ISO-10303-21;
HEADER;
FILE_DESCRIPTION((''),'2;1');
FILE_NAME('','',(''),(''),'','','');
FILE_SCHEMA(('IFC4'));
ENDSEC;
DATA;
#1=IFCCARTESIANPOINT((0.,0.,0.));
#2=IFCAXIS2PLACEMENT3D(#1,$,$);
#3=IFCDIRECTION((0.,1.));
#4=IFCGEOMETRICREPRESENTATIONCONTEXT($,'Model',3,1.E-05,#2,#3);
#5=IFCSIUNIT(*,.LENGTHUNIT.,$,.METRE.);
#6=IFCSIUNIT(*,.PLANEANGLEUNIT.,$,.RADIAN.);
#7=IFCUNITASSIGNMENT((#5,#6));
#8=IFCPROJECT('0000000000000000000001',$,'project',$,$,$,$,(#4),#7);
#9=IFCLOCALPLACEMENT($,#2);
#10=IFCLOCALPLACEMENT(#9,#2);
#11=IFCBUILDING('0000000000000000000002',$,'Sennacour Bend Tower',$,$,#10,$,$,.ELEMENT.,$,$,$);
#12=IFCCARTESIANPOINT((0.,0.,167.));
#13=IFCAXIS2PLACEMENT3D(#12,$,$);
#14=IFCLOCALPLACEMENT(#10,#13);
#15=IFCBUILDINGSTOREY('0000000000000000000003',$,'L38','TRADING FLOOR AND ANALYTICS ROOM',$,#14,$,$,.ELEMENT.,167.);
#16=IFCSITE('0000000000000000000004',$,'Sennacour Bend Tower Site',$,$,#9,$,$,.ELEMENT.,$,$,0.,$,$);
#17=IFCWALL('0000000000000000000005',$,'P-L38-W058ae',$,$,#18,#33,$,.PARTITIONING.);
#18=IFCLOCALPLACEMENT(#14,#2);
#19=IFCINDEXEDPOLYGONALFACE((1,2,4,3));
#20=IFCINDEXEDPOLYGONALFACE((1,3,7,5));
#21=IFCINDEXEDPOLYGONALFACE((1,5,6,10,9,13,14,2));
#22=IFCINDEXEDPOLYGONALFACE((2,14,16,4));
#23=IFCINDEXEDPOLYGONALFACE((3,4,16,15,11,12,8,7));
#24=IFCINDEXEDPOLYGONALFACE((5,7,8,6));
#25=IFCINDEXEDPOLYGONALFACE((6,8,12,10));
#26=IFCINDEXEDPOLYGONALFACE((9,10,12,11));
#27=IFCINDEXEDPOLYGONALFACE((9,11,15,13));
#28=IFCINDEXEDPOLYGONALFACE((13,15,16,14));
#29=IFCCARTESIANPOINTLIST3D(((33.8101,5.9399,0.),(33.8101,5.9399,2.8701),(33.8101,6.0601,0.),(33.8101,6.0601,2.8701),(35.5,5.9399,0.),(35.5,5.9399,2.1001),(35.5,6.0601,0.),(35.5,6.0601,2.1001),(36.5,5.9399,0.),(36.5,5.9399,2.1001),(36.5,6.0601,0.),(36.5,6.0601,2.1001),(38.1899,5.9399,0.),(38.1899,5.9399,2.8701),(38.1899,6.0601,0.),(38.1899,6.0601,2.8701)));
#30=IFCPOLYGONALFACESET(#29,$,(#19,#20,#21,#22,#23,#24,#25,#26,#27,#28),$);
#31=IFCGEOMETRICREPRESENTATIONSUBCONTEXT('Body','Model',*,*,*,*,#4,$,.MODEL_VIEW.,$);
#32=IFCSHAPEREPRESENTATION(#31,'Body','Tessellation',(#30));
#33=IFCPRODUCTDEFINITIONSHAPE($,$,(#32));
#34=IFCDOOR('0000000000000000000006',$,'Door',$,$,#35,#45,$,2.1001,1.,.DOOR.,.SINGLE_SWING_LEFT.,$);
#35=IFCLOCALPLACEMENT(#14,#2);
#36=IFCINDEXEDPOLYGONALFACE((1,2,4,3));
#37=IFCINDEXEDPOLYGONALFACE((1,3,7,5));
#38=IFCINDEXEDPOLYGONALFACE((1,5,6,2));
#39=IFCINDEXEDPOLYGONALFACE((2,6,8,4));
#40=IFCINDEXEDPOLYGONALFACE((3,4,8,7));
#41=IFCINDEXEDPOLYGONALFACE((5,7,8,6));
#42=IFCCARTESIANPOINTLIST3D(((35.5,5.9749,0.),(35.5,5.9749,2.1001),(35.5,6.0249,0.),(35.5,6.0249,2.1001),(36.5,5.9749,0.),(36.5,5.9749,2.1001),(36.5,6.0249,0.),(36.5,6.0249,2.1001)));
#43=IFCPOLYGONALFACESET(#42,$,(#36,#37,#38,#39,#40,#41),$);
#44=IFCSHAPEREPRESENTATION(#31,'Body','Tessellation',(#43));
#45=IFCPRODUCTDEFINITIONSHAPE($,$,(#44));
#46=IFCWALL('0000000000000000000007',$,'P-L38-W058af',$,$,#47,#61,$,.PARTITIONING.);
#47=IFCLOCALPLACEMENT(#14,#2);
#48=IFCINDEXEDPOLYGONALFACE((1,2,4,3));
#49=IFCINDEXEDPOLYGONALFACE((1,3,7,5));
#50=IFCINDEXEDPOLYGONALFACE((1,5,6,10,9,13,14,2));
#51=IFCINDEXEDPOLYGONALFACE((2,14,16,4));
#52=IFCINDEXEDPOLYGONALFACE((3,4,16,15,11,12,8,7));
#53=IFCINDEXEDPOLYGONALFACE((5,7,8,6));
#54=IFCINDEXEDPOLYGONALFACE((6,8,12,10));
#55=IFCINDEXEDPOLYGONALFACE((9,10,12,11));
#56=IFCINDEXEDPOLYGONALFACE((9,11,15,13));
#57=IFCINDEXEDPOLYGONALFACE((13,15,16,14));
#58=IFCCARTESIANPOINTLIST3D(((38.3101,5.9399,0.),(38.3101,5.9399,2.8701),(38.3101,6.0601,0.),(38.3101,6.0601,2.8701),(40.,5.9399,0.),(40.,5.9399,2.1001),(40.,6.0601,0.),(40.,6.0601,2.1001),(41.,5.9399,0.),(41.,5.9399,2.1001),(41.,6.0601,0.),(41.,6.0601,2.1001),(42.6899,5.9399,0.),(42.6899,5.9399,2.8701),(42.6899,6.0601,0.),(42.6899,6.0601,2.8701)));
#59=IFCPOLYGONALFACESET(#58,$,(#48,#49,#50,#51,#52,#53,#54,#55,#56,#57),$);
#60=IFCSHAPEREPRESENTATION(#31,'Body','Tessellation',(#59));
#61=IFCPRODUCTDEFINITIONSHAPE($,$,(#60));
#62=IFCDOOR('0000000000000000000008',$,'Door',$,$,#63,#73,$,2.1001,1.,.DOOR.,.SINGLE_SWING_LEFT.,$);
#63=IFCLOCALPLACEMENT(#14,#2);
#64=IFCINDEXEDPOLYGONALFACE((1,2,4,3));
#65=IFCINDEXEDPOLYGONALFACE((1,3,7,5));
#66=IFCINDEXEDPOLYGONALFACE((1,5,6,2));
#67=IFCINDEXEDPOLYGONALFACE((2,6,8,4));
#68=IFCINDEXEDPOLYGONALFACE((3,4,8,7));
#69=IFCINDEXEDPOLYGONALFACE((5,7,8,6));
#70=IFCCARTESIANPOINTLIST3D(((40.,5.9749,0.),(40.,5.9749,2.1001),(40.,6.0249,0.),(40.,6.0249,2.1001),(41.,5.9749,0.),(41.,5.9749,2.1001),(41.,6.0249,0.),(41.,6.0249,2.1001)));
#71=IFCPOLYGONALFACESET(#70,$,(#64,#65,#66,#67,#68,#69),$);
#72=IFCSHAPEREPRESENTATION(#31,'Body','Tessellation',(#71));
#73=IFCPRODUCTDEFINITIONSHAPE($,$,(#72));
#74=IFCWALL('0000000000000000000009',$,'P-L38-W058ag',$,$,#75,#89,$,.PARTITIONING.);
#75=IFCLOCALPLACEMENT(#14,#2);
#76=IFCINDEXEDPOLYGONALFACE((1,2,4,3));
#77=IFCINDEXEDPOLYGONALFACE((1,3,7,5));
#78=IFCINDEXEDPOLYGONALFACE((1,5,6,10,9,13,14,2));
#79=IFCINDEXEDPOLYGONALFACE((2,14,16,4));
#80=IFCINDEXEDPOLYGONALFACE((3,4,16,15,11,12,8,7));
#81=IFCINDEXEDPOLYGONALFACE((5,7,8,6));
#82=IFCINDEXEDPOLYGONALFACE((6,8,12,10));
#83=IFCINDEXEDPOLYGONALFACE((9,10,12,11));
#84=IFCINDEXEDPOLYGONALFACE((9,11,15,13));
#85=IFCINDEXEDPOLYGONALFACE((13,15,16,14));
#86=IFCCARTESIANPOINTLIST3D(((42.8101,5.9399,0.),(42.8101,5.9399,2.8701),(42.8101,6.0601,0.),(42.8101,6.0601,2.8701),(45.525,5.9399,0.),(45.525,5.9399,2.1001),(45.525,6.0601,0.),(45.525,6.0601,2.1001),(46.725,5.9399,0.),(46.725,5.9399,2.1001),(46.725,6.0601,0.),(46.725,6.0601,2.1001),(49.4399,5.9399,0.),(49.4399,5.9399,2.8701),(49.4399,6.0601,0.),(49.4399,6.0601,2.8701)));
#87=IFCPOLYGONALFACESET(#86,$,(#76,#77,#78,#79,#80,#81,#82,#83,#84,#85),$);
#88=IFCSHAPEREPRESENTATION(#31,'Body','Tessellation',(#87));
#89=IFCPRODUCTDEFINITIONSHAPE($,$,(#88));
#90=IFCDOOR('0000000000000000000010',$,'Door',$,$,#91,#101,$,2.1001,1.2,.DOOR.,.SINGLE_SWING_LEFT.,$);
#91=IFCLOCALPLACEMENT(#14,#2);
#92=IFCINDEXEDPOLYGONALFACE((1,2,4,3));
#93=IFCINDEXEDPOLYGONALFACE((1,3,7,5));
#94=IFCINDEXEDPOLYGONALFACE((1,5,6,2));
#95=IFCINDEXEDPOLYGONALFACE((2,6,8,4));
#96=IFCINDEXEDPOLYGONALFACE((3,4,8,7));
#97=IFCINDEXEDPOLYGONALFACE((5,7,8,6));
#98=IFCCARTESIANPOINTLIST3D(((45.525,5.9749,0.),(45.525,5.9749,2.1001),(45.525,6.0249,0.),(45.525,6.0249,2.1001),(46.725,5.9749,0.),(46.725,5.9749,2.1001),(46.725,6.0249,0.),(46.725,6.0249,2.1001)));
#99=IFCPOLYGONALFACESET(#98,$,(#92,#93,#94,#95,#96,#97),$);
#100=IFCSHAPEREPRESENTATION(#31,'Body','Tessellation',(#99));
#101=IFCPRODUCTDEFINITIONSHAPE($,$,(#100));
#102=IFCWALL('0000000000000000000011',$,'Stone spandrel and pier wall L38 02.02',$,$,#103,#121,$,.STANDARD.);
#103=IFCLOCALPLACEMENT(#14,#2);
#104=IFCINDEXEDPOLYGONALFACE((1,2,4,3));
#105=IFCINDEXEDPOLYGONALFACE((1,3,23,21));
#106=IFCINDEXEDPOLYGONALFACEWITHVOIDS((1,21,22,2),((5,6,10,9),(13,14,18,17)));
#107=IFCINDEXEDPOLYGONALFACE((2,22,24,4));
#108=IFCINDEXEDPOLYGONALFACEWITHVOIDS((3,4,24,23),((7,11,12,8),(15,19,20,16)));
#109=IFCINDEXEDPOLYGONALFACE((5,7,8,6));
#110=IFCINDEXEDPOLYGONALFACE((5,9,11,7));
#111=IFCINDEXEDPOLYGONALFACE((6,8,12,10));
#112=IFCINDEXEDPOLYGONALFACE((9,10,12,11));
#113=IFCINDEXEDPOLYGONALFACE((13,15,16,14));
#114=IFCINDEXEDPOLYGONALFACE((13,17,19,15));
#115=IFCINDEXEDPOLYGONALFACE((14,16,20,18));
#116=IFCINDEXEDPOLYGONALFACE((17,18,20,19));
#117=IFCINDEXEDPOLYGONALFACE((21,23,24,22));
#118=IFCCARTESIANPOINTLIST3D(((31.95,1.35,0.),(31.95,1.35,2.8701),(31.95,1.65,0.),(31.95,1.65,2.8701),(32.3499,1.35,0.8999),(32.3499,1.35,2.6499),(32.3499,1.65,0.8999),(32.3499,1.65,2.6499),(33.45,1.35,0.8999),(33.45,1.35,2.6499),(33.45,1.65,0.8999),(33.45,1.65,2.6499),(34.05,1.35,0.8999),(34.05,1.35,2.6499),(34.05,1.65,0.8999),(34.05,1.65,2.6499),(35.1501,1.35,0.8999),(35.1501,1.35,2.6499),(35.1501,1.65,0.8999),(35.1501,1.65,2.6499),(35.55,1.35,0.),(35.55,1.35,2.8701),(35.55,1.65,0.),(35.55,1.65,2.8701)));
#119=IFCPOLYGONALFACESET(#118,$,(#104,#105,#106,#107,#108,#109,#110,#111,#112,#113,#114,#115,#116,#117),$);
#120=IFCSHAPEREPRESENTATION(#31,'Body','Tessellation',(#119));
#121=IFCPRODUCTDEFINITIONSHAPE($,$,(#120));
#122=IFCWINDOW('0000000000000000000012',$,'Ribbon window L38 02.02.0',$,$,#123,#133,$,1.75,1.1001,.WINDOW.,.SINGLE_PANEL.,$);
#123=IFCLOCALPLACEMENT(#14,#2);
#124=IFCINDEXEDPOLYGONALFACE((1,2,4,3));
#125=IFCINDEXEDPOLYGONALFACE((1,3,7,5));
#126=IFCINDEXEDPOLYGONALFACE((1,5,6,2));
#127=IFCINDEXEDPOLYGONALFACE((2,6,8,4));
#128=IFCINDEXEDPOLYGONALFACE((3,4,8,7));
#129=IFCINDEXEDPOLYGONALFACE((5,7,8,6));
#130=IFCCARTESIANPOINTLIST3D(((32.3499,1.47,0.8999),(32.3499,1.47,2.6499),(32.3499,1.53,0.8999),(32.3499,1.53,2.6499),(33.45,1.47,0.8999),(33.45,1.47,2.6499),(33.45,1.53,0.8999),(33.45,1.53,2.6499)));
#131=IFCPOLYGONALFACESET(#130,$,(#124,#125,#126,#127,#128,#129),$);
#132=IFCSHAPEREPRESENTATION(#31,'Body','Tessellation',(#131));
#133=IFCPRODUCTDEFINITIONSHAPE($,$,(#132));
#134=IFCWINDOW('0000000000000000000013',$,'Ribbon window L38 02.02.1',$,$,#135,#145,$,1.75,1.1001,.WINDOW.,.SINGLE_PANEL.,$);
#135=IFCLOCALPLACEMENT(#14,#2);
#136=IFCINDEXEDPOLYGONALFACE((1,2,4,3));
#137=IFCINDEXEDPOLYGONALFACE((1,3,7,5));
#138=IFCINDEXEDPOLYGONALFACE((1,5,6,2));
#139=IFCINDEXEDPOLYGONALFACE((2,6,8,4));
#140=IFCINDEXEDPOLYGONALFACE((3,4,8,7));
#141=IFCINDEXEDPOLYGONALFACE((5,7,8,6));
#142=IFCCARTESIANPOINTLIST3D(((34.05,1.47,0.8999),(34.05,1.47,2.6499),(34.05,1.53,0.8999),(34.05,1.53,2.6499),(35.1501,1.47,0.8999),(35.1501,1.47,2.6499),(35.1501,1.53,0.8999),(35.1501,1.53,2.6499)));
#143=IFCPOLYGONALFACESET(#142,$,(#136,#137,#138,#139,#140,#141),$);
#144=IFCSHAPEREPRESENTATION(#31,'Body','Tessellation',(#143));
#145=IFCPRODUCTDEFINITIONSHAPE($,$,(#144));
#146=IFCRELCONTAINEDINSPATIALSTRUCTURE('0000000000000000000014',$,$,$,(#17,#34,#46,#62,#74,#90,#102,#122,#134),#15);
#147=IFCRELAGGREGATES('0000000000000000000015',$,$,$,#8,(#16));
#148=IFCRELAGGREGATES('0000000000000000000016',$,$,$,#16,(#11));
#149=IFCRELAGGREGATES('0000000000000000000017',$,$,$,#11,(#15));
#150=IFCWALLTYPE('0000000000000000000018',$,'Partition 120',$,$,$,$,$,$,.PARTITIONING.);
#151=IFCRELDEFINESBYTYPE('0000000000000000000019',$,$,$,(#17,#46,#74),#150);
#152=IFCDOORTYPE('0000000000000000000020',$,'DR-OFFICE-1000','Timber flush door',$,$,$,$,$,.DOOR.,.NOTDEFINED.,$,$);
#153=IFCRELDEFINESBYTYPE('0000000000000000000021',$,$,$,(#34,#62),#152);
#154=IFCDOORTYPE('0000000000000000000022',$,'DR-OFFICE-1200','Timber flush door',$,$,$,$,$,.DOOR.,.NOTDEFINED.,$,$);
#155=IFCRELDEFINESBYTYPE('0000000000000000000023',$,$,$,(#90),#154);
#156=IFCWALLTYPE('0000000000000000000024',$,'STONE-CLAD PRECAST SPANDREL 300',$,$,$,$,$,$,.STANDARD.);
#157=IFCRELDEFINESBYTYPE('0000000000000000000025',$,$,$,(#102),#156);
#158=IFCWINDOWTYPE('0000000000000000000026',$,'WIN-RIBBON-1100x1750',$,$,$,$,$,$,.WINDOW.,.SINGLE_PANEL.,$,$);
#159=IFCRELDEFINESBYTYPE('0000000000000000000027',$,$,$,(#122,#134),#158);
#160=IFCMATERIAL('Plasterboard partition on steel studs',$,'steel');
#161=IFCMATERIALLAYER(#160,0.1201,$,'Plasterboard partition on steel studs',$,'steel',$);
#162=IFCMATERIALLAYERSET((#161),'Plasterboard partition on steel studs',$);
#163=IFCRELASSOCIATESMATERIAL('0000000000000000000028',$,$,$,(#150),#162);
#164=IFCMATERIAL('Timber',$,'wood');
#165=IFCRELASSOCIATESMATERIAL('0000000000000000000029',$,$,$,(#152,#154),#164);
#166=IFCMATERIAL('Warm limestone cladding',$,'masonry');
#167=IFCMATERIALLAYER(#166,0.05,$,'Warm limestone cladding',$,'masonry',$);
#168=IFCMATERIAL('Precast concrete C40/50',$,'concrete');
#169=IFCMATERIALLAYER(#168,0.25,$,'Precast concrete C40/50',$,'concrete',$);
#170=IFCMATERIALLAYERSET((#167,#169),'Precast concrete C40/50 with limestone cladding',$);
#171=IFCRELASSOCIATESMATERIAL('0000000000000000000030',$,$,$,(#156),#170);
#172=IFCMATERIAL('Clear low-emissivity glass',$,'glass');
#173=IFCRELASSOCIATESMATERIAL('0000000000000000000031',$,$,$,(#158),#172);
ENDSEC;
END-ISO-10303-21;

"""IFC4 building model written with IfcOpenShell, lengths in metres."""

from ifc_helpers import new_model, si_unit, direction, frame, frame_2d, origin, place, context, subcontext, project, spatial, rectangle, extrude, material, layer, layer_set, type_object, element, fill, save


model = new_model("IFC4")

# Units and contexts
model_context = context("Model", 3, precision=1e-05, world=origin(), true_north=direction((0.0, 1.0)))
body_context = subcontext(model_context, "Body", "Model", "MODEL_VIEW")
ifc_project = project(units=[si_unit("LENGTHUNIT", "METRE"), si_unit("PLANEANGLEUNIT", "RADIAN")], contexts=[model_context])

# Site, building, storey
site_placement = place(None, origin())
site = spatial("IfcSite", under=ifc_project, at=site_placement, Name="Sennacour Bend Tower Site", CompositionType="ELEMENT", RefElevation=0.0)
building_placement = place(site_placement, origin())
building = spatial("IfcBuilding", under=site, at=building_placement, Name="Sennacour Bend Tower", CompositionType="ELEMENT")
storey_placement = place(building_placement, frame((0.0, 0.0, 167.0)))
storey = spatial("IfcBuildingStorey", under=building, at=storey_placement, Name="L38", Description="TRADING FLOOR AND ANALYTICS ROOM", CompositionType="ELEMENT", Elevation=167.0)

# Shared definitions
ifc_material_1 = material(Name="Plasterboard partition on steel studs", Category="steel")
ifc_layer_1 = layer(ifc_material_1, 0.1201, Name="Plasterboard partition on steel studs", Category="steel")
ifc_layer_set_1 = layer_set([ifc_layer_1], Name="Plasterboard partition on steel studs")
wall_type_1 = type_object("IfcWallType", Name="Partition 120", PredefinedType="PARTITIONING", material=ifc_layer_set_1)

# Walls, openings, doors
wall_1_placement = place(storey_placement, frame((33.8101, 6.0, 0.0), z_axis=(0.0, 0.0, 1.0), x_axis=(1.0, 0.0, 0.0)))
wall_1 = element("IfcWall", 1, at=wall_1_placement, inside=storey, type_object=wall_type_1, Name="P-L38-W058ae", PredefinedType="PARTITIONING", context=body_context, shape_type="SweptSolid", body=[
    extrude(rectangle(XDim=4.3799, YDim=0.1201, at=frame_2d((2.1899, 0.0))), origin(), (0.0, 0.0, 1.0), 2.8701),
])
opening_1_placement = place(wall_1_placement, frame((1.6899, 0.0, 0.0)))
opening_1 = element("IfcOpeningElement", 2, at=opening_1_placement, cuts=wall_1, PredefinedType="OPENING", context=body_context, shape_type="SweptSolid", body=[
    extrude(rectangle(XDim=1.0, YDim=2.1001, at=frame_2d((0.5, 1.05))), frame((0.0, 0.0701, 0.0), z_axis=(0.0, -1.0, 0.0), x_axis=(1.0, 0.0, 0.0)), (0.0, 0.0, 1.0), 0.1401),
])
ifc_material_2 = material(Name="Timber", Category="wood")
door_type_1 = type_object("IfcDoorType", Name="DR-OFFICE-1000", Description="Timber flush door", OperationType="NOTDEFINED", PredefinedType="DOOR", material=ifc_material_2)
door_1_placement = place(opening_1_placement, origin())
door_1 = element("IfcDoor", 3, at=door_1_placement, inside=storey, type_object=door_type_1, Name="Door", OperationType="SINGLE_SWING_LEFT", OverallHeight=2.1001, OverallWidth=1.0, PredefinedType="DOOR", context=body_context, shape_type="SweptSolid", body=[
    extrude(rectangle(XDim=1.0, YDim=2.1001, at=frame_2d((0.5, 1.05))), frame((0.0, 0.0249, 0.0), z_axis=(0.0, -1.0, 0.0), x_axis=(1.0, 0.0, 0.0)), (0.0, 0.0, 1.0), 0.05),
])
fill(opening_1, door_1)
wall_2_placement = place(storey_placement, frame((38.3101, 6.0, 0.0), z_axis=(0.0, 0.0, 1.0), x_axis=(1.0, 0.0, 0.0)))
wall_2 = element("IfcWall", 4, at=wall_2_placement, inside=storey, type_object=wall_type_1, Name="P-L38-W058af", PredefinedType="PARTITIONING", context=body_context, shape_type="SweptSolid", body=[
    extrude(rectangle(XDim=4.3799, YDim=0.1201, at=frame_2d((2.1899, 0.0))), origin(), (0.0, 0.0, 1.0), 2.8701),
])
opening_2_placement = place(wall_2_placement, frame((1.6899, 0.0, 0.0)))
opening_2 = element("IfcOpeningElement", 5, at=opening_2_placement, cuts=wall_2, PredefinedType="OPENING", context=body_context, shape_type="SweptSolid", body=[
    extrude(rectangle(XDim=1.0, YDim=2.1001, at=frame_2d((0.5, 1.05))), frame((0.0, 0.0701, 0.0), z_axis=(0.0, -1.0, 0.0), x_axis=(1.0, 0.0, 0.0)), (0.0, 0.0, 1.0), 0.1401),
])
door_2_placement = place(opening_2_placement, origin())
door_2 = element("IfcDoor", 6, at=door_2_placement, inside=storey, type_object=door_type_1, Name="Door", OperationType="SINGLE_SWING_LEFT", OverallHeight=2.1001, OverallWidth=1.0, PredefinedType="DOOR", context=body_context, shape_type="SweptSolid", body=[
    extrude(rectangle(XDim=1.0, YDim=2.1001, at=frame_2d((0.5, 1.05))), frame((0.0, 0.0249, 0.0), z_axis=(0.0, -1.0, 0.0), x_axis=(1.0, 0.0, 0.0)), (0.0, 0.0, 1.0), 0.05),
])
fill(opening_2, door_2)
wall_3_placement = place(storey_placement, frame((42.8101, 6.0, 0.0), z_axis=(0.0, 0.0, 1.0), x_axis=(1.0, 0.0, 0.0)))
wall_3 = element("IfcWall", 7, at=wall_3_placement, inside=storey, type_object=wall_type_1, Name="P-L38-W058ag", PredefinedType="PARTITIONING", context=body_context, shape_type="SweptSolid", body=[
    extrude(rectangle(XDim=6.6299, YDim=0.1201, at=frame_2d((3.3149, 0.0))), origin(), (0.0, 0.0, 1.0), 2.8701),
])
opening_3_placement = place(wall_3_placement, frame((2.7148, 0.0, 0.0)))
opening_3 = element("IfcOpeningElement", 8, at=opening_3_placement, cuts=wall_3, PredefinedType="OPENING", context=body_context, shape_type="SweptSolid", body=[
    extrude(rectangle(XDim=1.2, YDim=2.1001, at=frame_2d((0.6001, 1.05))), frame((0.0, 0.0701, 0.0), z_axis=(0.0, -1.0, 0.0), x_axis=(1.0, 0.0, 0.0)), (0.0, 0.0, 1.0), 0.1401),
])
door_type_2 = type_object("IfcDoorType", Name="DR-OFFICE-1200", Description="Timber flush door", OperationType="NOTDEFINED", PredefinedType="DOOR", material=ifc_material_2)
door_3_placement = place(opening_3_placement, origin())
door_3 = element("IfcDoor", 9, at=door_3_placement, inside=storey, type_object=door_type_2, Name="Door", OperationType="SINGLE_SWING_LEFT", OverallHeight=2.1001, OverallWidth=1.2, PredefinedType="DOOR", context=body_context, shape_type="SweptSolid", body=[
    extrude(rectangle(XDim=1.2, YDim=2.1001, at=frame_2d((0.6001, 1.05))), frame((0.0, 0.0249, 0.0), z_axis=(0.0, -1.0, 0.0), x_axis=(1.0, 0.0, 0.0)), (0.0, 0.0, 1.0), 0.05),
])
fill(opening_3, door_3)

# Wall, openings, windows
ifc_material_3 = material(Name="Warm limestone cladding", Category="masonry")
ifc_layer_2 = layer(ifc_material_3, 0.05, Name="Warm limestone cladding", Category="masonry")
ifc_material_4 = material(Name="Precast concrete C40/50", Category="concrete")
ifc_layer_3 = layer(ifc_material_4, 0.25, Name="Precast concrete C40/50", Category="concrete")
ifc_layer_set_2 = layer_set([ifc_layer_2, ifc_layer_3], Name="Precast concrete C40/50 with limestone cladding")
wall_type_2 = type_object("IfcWallType", Name="STONE-CLAD PRECAST SPANDREL 300", PredefinedType="STANDARD", material=ifc_layer_set_2)
wall_4_placement = place(storey_placement, frame((31.95, 1.5, 0.0), z_axis=(0.0, 0.0, 1.0), x_axis=(1.0, 0.0, 0.0)))
wall_4 = element("IfcWall", 10, at=wall_4_placement, inside=storey, type_object=wall_type_2, Name="Stone spandrel and pier wall L38 02.02", PredefinedType="STANDARD", context=body_context, shape_type="SweptSolid", body=[
    extrude(rectangle(XDim=3.6001, YDim=0.3, at=frame_2d((1.8, 0.0))), origin(), (0.0, 0.0, 1.0), 2.8701),
])
opening_4_placement = place(wall_4_placement, frame((0.3999, 0.0, 0.8999)))
opening_4 = element("IfcOpeningElement", 11, at=opening_4_placement, cuts=wall_4, PredefinedType="OPENING", context=body_context, shape_type="SweptSolid", body=[
    extrude(rectangle(XDim=1.1001, YDim=1.75, at=frame_2d((0.55, 0.875))), frame((0.0, 0.1602, 0.0), z_axis=(0.0, -1.0, 0.0), x_axis=(1.0, 0.0, 0.0)), (0.0, 0.0, 1.0), 0.3201),
])
opening_5_placement = place(wall_4_placement, frame((2.1001, 0.0, 0.8999)))
opening_5 = element("IfcOpeningElement", 12, at=opening_5_placement, cuts=wall_4, PredefinedType="OPENING", context=body_context, shape_type="SweptSolid", body=[
    extrude(rectangle(XDim=1.1001, YDim=1.75, at=frame_2d((0.55, 0.875))), frame((0.0, 0.1602, 0.0), z_axis=(0.0, -1.0, 0.0), x_axis=(1.0, 0.0, 0.0)), (0.0, 0.0, 1.0), 0.3201),
])
ifc_material_5 = material(Name="Clear low-emissivity glass", Category="glass")
window_type = type_object("IfcWindowType", Name="WIN-RIBBON-1100x1750", PartitioningType="SINGLE_PANEL", PredefinedType="WINDOW", material=ifc_material_5)
window_1_placement = place(opening_4_placement, origin())
window_1 = element("IfcWindow", 13, at=window_1_placement, inside=storey, type_object=window_type, Name="Ribbon window L38 02.02.0", OverallHeight=1.75, OverallWidth=1.1001, PartitioningType="SINGLE_PANEL", PredefinedType="WINDOW", context=body_context, shape_type="SweptSolid", body=[
    extrude(rectangle(XDim=1.1001, YDim=1.75, at=frame_2d((0.55, 0.875))), frame((0.0, 0.03, 0.0), z_axis=(0.0, -1.0, 0.0), x_axis=(1.0, 0.0, 0.0)), (0.0, 0.0, 1.0), 0.0601),
])
fill(opening_4, window_1)
window_2_placement = place(opening_5_placement, origin())
window_2 = element("IfcWindow", 14, at=window_2_placement, inside=storey, type_object=window_type, Name="Ribbon window L38 02.02.1", OverallHeight=1.75, OverallWidth=1.1001, PartitioningType="SINGLE_PANEL", PredefinedType="WINDOW", context=body_context, shape_type="SweptSolid", body=[
    extrude(rectangle(XDim=1.1001, YDim=1.75, at=frame_2d((0.55, 0.875))), frame((0.0, 0.03, 0.0), z_axis=(0.0, -1.0, 0.0), x_axis=(1.0, 0.0, 0.0)), (0.0, 0.0, 1.0), 0.0601),
])
fill(opening_5, window_2)

save(model, "model.ifc")
